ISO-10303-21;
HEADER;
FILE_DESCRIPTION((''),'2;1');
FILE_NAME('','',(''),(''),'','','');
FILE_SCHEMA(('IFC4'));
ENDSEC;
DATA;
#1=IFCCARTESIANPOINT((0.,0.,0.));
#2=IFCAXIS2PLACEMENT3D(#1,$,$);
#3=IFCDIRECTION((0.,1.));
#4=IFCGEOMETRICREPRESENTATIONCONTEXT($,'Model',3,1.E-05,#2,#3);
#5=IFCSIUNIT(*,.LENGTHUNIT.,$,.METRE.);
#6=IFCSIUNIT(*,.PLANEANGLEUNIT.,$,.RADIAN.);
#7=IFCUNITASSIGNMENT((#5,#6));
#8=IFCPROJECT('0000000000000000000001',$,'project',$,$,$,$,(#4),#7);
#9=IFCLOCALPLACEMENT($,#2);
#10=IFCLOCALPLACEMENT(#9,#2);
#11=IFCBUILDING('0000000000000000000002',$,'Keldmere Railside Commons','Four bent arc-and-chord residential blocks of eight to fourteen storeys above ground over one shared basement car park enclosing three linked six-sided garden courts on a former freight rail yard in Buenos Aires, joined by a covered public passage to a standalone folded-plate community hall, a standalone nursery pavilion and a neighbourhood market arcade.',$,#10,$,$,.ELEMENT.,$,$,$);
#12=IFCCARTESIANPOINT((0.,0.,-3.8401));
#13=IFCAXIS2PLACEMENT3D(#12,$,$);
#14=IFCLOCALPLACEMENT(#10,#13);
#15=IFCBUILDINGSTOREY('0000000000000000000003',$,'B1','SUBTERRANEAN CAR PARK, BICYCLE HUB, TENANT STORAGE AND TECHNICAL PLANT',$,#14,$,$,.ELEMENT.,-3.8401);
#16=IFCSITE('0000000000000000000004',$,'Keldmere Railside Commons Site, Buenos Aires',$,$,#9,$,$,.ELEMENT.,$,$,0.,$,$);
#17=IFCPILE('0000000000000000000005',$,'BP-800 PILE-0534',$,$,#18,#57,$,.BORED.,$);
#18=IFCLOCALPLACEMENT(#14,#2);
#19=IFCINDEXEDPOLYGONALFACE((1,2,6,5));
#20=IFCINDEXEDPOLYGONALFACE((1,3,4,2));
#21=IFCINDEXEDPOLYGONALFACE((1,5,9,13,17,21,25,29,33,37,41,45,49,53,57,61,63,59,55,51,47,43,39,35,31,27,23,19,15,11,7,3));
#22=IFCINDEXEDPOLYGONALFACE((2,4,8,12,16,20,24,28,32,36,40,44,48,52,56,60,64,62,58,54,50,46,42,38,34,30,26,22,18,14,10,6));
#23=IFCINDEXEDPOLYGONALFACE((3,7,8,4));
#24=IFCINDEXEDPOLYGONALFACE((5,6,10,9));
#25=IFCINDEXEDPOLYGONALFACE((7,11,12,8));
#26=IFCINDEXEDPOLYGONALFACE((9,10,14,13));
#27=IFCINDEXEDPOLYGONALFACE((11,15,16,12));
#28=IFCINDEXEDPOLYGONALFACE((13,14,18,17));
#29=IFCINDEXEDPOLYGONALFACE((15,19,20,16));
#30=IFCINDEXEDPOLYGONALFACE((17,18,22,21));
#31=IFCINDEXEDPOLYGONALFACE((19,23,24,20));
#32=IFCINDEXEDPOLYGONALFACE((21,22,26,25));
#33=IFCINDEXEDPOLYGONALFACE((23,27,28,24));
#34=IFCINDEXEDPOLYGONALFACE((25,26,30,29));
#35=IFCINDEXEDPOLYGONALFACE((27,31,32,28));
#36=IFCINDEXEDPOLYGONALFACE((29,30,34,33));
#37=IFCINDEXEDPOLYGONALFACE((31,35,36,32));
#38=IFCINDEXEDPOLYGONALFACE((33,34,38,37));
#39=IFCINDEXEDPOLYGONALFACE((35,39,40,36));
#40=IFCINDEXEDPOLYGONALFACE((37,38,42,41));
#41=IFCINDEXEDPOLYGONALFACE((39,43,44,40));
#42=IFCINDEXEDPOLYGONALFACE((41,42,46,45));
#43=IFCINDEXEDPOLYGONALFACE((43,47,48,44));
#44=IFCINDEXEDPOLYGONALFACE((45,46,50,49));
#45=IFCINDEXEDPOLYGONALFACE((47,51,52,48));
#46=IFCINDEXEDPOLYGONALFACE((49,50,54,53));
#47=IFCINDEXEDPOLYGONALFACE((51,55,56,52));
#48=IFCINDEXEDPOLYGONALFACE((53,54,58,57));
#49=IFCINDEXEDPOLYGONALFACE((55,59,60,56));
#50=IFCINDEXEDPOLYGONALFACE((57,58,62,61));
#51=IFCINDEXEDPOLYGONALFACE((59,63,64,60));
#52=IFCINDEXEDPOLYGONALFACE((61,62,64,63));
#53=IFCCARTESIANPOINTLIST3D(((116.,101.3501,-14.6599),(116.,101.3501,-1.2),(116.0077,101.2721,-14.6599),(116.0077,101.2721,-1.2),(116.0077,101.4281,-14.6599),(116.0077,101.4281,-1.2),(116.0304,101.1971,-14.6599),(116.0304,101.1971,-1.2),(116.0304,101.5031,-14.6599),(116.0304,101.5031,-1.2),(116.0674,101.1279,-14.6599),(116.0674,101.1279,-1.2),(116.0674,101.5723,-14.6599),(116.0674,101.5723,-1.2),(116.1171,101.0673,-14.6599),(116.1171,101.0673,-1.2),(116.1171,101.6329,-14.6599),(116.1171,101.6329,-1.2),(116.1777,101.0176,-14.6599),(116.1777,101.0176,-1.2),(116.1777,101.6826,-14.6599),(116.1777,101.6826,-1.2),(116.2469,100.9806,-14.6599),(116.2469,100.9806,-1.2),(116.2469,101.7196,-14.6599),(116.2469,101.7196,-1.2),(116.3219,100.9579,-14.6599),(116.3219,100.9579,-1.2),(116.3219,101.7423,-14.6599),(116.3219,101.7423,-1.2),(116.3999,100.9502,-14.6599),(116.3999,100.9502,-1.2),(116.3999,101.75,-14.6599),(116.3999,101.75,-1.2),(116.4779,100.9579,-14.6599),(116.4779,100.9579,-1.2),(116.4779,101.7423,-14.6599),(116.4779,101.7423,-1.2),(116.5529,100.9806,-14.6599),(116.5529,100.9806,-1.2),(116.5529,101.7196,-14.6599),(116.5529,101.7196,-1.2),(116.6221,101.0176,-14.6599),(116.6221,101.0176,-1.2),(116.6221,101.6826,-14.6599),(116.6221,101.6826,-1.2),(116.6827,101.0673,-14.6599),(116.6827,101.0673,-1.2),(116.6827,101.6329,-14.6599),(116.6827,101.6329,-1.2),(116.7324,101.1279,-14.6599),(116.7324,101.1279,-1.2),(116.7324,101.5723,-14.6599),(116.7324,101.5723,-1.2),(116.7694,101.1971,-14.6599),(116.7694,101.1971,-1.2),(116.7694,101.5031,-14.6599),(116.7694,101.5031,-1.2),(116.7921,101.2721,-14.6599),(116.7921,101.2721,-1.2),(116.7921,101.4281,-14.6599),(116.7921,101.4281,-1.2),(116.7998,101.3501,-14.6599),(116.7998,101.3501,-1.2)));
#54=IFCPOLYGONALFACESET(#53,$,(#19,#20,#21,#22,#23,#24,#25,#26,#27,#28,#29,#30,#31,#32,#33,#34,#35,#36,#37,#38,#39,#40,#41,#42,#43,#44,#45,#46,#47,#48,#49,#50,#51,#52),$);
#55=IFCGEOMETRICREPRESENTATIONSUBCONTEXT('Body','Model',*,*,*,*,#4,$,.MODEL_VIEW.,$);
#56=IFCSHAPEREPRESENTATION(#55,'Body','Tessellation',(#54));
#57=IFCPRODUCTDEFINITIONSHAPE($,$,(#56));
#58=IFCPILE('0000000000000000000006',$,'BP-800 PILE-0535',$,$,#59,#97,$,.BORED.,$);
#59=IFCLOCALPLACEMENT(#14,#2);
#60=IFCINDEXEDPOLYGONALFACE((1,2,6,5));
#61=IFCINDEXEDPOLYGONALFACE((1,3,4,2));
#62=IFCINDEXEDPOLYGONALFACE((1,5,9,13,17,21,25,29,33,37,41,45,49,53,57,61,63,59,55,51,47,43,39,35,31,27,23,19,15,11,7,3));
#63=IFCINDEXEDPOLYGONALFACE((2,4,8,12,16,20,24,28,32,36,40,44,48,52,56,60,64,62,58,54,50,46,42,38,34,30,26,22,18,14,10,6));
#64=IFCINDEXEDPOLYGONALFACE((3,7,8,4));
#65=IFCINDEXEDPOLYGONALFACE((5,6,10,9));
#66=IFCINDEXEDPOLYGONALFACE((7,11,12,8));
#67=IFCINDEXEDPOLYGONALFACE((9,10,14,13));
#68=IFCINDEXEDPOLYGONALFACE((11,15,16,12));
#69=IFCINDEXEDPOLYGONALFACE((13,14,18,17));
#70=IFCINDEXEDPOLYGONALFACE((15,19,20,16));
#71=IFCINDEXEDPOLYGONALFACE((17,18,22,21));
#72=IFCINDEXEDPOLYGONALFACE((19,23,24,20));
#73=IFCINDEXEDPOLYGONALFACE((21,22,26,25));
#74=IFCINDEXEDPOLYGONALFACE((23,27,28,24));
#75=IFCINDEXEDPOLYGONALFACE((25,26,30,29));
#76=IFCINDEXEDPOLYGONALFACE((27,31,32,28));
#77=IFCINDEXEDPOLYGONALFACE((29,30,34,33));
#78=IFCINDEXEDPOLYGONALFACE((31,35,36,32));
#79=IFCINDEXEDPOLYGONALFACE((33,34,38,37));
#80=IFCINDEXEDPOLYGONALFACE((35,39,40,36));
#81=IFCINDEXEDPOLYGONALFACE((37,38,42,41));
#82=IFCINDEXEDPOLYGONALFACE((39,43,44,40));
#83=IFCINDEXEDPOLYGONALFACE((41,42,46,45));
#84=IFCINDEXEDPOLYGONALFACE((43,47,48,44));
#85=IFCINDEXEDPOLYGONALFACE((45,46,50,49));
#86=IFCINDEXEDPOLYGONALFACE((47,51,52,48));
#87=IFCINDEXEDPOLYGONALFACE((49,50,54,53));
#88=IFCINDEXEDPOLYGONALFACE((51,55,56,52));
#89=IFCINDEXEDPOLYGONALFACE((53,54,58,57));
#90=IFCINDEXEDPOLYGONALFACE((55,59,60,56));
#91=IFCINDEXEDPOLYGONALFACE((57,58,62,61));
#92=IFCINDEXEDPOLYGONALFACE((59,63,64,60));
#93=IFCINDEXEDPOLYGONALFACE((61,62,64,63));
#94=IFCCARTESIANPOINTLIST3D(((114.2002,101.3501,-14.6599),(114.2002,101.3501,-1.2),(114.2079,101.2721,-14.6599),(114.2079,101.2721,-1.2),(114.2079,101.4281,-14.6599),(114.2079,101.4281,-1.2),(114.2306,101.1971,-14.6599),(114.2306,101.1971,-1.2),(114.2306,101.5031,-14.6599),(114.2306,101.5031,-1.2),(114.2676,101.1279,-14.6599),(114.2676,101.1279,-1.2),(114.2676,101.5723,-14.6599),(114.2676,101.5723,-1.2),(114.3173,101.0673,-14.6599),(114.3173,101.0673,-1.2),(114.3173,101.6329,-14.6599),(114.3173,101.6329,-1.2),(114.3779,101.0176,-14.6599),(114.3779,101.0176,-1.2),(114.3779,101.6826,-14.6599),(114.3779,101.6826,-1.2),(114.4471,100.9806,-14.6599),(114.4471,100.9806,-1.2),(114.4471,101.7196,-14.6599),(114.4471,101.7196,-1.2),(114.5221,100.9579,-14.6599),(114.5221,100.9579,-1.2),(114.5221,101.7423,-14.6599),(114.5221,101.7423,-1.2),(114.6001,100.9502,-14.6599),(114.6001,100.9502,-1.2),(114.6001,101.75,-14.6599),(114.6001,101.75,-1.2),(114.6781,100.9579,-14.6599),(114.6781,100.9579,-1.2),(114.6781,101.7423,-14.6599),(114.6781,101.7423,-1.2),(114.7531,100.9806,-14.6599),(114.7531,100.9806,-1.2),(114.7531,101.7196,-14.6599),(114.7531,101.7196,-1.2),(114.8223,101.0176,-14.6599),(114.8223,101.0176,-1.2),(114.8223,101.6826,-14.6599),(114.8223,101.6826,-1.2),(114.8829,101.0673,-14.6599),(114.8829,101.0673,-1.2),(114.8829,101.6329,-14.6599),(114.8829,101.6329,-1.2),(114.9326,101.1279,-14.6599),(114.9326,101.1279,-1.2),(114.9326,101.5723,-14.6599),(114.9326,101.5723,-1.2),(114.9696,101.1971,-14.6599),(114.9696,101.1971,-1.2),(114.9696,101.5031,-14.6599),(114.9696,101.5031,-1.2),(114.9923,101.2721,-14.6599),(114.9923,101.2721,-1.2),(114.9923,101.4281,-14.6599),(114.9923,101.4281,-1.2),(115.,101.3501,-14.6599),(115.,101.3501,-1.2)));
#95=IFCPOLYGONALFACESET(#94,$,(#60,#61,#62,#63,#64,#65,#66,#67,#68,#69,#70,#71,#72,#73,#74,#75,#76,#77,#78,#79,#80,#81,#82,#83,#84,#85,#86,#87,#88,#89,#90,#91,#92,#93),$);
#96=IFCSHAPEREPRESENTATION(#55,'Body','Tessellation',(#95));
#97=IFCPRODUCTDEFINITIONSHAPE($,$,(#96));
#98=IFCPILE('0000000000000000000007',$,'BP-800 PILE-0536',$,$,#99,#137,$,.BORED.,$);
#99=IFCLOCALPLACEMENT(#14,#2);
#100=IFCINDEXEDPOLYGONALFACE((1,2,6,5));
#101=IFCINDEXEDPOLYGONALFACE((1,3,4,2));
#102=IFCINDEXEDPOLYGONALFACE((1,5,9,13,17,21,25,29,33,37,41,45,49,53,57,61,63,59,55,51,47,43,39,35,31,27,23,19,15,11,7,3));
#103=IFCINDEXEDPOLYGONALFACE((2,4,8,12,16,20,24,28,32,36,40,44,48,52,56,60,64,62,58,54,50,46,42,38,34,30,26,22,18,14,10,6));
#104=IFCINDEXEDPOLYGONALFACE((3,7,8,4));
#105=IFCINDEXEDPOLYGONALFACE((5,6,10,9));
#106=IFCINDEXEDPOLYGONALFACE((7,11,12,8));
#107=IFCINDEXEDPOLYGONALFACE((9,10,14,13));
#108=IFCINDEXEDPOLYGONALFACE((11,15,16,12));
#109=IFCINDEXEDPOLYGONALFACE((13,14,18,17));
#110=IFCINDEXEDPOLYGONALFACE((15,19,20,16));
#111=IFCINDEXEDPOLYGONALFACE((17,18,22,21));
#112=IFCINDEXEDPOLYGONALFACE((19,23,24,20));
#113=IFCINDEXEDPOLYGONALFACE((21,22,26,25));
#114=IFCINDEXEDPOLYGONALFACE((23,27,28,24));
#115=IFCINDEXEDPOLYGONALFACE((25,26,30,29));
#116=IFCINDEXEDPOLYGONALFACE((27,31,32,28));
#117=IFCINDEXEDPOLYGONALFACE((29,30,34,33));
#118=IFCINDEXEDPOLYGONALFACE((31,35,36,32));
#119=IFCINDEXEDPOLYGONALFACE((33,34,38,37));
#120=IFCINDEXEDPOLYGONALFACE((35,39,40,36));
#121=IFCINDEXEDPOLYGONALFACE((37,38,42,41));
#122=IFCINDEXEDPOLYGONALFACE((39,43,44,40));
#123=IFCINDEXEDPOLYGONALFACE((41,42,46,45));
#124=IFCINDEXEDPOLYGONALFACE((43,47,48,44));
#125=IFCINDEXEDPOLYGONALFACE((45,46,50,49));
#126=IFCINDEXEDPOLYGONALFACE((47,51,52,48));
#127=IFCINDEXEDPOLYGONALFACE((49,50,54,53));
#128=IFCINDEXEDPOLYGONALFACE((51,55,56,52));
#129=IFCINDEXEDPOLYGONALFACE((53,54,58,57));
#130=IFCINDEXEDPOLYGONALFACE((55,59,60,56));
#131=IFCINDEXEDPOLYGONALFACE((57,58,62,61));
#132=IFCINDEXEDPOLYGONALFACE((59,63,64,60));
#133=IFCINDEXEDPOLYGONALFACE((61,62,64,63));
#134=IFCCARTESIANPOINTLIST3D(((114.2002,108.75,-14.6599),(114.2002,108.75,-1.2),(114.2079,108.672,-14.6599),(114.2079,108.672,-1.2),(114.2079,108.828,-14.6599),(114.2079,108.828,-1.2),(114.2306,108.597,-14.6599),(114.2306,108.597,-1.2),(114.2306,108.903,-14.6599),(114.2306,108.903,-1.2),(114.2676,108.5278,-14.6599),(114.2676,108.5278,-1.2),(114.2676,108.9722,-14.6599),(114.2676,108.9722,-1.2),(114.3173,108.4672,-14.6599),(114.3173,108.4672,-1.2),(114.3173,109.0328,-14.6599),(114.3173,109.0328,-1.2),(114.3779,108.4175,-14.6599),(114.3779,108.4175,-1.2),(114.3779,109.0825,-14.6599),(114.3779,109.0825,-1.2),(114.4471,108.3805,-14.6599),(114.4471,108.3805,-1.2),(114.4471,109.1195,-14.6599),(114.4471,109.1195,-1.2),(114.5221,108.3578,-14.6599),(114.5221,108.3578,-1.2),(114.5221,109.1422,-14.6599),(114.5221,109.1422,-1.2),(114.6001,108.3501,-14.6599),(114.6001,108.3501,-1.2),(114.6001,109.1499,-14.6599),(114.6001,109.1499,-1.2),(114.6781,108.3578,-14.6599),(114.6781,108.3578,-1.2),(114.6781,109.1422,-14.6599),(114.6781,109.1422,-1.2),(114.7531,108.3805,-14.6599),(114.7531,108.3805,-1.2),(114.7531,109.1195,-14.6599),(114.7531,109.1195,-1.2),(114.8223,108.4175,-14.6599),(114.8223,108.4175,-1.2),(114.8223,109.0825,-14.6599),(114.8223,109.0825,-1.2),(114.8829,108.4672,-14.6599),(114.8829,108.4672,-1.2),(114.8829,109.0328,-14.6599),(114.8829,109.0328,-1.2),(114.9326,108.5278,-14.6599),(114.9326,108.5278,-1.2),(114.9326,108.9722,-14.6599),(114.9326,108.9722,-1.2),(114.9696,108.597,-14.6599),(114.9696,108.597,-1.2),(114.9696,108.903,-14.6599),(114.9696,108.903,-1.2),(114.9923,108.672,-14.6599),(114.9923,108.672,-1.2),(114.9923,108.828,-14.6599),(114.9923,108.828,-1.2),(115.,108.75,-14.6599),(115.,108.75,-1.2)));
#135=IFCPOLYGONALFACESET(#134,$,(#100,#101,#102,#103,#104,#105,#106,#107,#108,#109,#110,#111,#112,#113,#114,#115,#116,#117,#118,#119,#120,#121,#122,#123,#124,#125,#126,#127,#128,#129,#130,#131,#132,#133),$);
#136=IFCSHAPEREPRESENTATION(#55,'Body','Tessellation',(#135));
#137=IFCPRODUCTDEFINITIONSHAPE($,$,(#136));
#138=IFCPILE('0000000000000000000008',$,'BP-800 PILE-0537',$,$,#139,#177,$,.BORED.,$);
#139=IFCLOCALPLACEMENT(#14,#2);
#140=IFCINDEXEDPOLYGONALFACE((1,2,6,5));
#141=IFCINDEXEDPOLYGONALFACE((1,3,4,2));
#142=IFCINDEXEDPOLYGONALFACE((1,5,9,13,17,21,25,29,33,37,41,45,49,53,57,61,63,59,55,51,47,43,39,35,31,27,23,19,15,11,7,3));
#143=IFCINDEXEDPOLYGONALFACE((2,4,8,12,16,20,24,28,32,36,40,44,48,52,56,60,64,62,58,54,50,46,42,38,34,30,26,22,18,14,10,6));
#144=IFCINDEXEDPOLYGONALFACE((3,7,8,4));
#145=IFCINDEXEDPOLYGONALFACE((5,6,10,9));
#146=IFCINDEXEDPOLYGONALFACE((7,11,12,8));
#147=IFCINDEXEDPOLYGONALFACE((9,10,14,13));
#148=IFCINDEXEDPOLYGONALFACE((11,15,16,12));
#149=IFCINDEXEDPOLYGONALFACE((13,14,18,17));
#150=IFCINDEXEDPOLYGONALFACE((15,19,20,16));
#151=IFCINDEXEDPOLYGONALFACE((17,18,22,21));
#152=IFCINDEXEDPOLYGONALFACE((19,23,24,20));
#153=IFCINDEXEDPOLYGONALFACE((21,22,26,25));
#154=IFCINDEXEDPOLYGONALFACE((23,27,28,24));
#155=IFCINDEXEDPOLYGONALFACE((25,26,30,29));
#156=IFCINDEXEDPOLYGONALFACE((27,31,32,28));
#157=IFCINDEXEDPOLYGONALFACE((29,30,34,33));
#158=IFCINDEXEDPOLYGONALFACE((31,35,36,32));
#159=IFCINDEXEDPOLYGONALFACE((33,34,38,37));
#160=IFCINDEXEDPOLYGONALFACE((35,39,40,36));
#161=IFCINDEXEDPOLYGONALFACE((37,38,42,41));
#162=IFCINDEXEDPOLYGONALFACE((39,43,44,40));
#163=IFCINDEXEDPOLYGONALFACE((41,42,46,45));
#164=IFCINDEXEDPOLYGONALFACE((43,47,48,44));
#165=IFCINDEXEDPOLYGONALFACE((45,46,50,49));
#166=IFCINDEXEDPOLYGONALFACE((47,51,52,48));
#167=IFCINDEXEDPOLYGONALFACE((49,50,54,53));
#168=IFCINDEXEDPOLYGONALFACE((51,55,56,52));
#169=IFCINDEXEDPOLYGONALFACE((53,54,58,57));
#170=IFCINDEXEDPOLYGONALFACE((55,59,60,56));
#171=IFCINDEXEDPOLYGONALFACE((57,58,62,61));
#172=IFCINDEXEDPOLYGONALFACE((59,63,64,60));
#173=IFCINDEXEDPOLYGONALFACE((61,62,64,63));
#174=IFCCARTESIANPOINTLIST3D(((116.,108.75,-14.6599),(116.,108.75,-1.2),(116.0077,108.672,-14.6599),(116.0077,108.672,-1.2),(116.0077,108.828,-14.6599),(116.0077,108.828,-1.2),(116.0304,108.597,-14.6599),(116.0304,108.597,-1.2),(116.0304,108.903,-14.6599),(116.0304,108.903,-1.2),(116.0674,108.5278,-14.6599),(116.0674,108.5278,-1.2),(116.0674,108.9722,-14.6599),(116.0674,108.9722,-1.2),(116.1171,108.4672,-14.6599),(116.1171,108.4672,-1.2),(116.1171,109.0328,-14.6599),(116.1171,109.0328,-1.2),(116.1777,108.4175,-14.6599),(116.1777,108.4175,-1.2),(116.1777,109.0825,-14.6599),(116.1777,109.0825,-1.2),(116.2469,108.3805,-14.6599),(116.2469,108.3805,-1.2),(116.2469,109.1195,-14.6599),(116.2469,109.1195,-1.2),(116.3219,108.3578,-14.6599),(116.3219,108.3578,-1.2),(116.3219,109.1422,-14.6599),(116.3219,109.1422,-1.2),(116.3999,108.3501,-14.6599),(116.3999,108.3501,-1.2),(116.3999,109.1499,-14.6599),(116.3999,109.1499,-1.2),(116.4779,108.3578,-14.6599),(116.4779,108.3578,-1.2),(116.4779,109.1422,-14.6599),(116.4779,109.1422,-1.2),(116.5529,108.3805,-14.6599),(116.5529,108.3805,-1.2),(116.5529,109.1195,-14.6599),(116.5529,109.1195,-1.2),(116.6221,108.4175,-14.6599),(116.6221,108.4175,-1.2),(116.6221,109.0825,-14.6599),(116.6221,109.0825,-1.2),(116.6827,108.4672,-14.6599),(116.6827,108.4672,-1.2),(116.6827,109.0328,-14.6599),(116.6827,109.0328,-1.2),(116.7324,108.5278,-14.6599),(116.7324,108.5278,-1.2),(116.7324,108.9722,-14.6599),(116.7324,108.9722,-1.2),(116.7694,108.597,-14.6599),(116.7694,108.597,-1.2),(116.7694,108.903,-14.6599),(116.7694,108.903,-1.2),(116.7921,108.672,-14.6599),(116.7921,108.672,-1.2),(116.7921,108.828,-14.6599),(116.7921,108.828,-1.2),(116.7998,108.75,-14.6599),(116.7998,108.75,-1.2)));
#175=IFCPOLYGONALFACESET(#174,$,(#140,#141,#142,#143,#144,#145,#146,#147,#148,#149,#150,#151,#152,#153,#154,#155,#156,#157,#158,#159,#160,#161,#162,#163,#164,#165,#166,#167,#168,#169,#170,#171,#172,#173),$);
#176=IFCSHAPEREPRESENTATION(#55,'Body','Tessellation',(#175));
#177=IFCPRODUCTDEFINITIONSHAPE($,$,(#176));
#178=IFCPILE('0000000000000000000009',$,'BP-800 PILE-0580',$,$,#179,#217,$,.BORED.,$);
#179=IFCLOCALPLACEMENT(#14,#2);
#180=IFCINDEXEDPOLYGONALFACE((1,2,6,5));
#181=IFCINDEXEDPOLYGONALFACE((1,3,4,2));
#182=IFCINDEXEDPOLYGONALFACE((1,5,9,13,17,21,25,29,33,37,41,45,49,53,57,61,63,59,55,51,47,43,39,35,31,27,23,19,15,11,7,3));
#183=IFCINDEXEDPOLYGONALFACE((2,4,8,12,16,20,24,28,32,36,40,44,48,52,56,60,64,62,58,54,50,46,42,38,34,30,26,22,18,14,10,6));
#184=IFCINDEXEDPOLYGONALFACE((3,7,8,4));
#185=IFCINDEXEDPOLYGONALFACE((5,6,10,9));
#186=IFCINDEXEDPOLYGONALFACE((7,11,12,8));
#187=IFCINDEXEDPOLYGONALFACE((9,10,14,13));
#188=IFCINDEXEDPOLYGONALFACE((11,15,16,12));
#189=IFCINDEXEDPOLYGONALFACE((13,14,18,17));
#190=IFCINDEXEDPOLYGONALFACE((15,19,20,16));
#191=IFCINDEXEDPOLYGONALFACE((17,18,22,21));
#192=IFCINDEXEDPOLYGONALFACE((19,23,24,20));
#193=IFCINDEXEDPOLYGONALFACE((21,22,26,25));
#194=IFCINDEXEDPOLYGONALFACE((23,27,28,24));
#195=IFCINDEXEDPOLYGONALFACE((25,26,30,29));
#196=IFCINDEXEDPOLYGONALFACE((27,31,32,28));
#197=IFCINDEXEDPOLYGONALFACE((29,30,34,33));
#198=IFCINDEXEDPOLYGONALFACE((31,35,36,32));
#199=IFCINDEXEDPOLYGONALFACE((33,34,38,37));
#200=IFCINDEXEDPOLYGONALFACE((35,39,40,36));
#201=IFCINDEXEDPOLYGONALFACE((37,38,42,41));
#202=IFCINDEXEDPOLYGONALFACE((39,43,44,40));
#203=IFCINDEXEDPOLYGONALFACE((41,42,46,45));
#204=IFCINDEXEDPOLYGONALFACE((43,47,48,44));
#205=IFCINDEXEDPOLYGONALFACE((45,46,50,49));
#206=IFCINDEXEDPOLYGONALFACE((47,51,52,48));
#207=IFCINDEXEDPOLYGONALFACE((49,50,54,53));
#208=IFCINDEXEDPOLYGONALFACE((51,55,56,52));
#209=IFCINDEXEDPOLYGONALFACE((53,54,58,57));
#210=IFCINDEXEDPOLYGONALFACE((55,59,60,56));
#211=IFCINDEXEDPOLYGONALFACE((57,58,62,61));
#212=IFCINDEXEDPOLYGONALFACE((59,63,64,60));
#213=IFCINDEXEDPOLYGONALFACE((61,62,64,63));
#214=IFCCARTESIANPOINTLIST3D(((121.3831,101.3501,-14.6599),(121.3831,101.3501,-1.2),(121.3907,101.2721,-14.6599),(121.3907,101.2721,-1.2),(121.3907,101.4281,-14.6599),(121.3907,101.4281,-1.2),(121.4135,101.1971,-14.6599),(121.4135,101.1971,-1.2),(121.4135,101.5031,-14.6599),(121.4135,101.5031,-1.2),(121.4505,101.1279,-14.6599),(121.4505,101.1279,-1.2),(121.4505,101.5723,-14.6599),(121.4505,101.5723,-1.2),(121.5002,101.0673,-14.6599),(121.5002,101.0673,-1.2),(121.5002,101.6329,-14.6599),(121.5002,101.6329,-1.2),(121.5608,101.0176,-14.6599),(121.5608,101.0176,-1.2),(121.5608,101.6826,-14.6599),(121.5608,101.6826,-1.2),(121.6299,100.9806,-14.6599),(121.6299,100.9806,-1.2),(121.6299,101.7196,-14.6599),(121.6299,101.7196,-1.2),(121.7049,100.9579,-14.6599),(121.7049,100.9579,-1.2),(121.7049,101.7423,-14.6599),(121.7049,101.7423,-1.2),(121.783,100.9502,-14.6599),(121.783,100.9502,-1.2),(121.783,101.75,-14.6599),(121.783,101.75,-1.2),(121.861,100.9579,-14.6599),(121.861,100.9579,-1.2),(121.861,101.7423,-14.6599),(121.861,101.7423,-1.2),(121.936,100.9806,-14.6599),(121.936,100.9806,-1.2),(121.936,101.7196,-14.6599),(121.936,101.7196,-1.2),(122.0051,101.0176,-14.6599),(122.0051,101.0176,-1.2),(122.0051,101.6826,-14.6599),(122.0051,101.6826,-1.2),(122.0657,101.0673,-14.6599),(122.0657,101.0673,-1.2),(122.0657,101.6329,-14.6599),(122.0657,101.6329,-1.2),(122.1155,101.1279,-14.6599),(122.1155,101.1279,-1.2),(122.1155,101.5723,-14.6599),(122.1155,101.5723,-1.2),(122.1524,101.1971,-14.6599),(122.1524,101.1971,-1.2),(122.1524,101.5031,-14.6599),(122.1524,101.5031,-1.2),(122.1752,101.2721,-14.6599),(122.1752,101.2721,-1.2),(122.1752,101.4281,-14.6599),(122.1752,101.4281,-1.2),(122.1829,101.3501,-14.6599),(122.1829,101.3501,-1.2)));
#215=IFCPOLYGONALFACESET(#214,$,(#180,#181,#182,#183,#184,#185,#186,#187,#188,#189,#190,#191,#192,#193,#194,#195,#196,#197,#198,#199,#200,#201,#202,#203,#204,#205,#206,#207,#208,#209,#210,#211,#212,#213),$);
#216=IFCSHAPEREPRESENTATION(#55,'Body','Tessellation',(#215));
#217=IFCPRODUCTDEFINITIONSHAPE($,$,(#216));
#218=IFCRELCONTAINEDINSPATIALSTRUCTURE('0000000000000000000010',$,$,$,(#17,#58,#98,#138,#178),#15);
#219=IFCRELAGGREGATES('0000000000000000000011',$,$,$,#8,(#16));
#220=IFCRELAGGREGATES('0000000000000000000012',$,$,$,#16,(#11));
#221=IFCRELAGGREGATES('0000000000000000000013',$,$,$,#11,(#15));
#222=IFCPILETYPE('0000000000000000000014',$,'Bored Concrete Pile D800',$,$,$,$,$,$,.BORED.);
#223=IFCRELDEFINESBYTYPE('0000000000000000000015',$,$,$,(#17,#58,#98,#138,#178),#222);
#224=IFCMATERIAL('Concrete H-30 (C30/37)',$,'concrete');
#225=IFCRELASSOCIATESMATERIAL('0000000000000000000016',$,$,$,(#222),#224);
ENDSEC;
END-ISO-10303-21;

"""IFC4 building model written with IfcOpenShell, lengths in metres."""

from ifc_helpers import new_model, si_unit, direction, frame, origin, origin_2d, place, context, subcontext, project, spatial, circle, extrude, material, material_profile, profile_set, type_object, element, save


model = new_model("IFC4")

# Units and contexts
model_context = context("Model", 3, precision=1e-05, world=origin(), true_north=direction((0.0, 1.0)))
body_context = subcontext(model_context, "Body", "Model", "MODEL_VIEW")
ifc_project = project(units=[si_unit("LENGTHUNIT", "METRE"), si_unit("PLANEANGLEUNIT", "RADIAN")], contexts=[model_context])

# Site, building, storey
site_placement = place(None, origin())
site = spatial("IfcSite", under=ifc_project, at=site_placement, Name="Keldmere Railside Commons Site, Buenos Aires", CompositionType="ELEMENT", RefElevation=0.0)
building_placement = place(site_placement, origin())
building = spatial("IfcBuilding", under=site, at=building_placement, Name="Keldmere Railside Commons", Description="Four bent arc-and-chord residential blocks of eight to fourteen storeys above ground over one shared basement car park enclosing three linked six-sided garden courts on a former freight rail yard in Buenos Aires, joined by a covered public passage to a standalone folded-plate community hall, a standalone nursery pavilion and a neighbourhood market arcade.", CompositionType="ELEMENT")
storey_placement = place(building_placement, frame((0.0, 0.0, -3.8401)))
storey = spatial("IfcBuildingStorey", under=building, at=storey_placement, Name="B1", Description="SUBTERRANEAN CAR PARK, BICYCLE HUB, TENANT STORAGE AND TECHNICAL PLANT", CompositionType="ELEMENT", Elevation=-3.8401)

# Piles
ifc_material_1 = material(Name="Concrete H-30 (C30/37)", Category="concrete")
ifc_material_profile_1 = material_profile(ifc_material_1, circle(Radius=0.3999, at=origin_2d()), Name="PILE-D800")
ifc_profile_set_1 = profile_set([ifc_material_profile_1], Name="Concrete H-30 (C30/37)")
pile_type = type_object("IfcPileType", Name="Bored Concrete Pile D800", PredefinedType="BORED", material=ifc_profile_set_1)
for number, where, z_axis, x_axis, name in (
    (1, (116.3999, 101.3501, -1.2), (0.0, 0.0, -1.0), (1.0, 0.0, 0.0), "BP-800 PILE-0534"),
    (2, (114.6001, 101.3501, -1.2), (0.0, 0.0, -1.0), (1.0, 0.0, 0.0), "BP-800 PILE-0535"),
    (3, (114.6001, 108.75, -1.2), (0.0, 0.0, -1.0), (1.0, 0.0, 0.0), "BP-800 PILE-0536"),
    (4, (116.3999, 108.75, -1.2), (0.0, 0.0, -1.0), (1.0, 0.0, 0.0), "BP-800 PILE-0537"),
    (5, (121.783, 101.3501, -1.2), (0.0, 0.0, -1.0), (1.0, 0.0, 0.0), "BP-800 PILE-0580"),
):
    element("IfcPile", number, at=place(storey_placement, frame(where, z_axis=z_axis, x_axis=x_axis)), inside=storey, type_object=pile_type, Name=name, PredefinedType="BORED", context=body_context, shape_type="SweptSolid", body=[
        extrude(circle(Radius=0.3999, at=origin_2d()), origin(), (0.0, 0.0, 1.0), 13.46),
    ])

save(model, "model.ifc")
